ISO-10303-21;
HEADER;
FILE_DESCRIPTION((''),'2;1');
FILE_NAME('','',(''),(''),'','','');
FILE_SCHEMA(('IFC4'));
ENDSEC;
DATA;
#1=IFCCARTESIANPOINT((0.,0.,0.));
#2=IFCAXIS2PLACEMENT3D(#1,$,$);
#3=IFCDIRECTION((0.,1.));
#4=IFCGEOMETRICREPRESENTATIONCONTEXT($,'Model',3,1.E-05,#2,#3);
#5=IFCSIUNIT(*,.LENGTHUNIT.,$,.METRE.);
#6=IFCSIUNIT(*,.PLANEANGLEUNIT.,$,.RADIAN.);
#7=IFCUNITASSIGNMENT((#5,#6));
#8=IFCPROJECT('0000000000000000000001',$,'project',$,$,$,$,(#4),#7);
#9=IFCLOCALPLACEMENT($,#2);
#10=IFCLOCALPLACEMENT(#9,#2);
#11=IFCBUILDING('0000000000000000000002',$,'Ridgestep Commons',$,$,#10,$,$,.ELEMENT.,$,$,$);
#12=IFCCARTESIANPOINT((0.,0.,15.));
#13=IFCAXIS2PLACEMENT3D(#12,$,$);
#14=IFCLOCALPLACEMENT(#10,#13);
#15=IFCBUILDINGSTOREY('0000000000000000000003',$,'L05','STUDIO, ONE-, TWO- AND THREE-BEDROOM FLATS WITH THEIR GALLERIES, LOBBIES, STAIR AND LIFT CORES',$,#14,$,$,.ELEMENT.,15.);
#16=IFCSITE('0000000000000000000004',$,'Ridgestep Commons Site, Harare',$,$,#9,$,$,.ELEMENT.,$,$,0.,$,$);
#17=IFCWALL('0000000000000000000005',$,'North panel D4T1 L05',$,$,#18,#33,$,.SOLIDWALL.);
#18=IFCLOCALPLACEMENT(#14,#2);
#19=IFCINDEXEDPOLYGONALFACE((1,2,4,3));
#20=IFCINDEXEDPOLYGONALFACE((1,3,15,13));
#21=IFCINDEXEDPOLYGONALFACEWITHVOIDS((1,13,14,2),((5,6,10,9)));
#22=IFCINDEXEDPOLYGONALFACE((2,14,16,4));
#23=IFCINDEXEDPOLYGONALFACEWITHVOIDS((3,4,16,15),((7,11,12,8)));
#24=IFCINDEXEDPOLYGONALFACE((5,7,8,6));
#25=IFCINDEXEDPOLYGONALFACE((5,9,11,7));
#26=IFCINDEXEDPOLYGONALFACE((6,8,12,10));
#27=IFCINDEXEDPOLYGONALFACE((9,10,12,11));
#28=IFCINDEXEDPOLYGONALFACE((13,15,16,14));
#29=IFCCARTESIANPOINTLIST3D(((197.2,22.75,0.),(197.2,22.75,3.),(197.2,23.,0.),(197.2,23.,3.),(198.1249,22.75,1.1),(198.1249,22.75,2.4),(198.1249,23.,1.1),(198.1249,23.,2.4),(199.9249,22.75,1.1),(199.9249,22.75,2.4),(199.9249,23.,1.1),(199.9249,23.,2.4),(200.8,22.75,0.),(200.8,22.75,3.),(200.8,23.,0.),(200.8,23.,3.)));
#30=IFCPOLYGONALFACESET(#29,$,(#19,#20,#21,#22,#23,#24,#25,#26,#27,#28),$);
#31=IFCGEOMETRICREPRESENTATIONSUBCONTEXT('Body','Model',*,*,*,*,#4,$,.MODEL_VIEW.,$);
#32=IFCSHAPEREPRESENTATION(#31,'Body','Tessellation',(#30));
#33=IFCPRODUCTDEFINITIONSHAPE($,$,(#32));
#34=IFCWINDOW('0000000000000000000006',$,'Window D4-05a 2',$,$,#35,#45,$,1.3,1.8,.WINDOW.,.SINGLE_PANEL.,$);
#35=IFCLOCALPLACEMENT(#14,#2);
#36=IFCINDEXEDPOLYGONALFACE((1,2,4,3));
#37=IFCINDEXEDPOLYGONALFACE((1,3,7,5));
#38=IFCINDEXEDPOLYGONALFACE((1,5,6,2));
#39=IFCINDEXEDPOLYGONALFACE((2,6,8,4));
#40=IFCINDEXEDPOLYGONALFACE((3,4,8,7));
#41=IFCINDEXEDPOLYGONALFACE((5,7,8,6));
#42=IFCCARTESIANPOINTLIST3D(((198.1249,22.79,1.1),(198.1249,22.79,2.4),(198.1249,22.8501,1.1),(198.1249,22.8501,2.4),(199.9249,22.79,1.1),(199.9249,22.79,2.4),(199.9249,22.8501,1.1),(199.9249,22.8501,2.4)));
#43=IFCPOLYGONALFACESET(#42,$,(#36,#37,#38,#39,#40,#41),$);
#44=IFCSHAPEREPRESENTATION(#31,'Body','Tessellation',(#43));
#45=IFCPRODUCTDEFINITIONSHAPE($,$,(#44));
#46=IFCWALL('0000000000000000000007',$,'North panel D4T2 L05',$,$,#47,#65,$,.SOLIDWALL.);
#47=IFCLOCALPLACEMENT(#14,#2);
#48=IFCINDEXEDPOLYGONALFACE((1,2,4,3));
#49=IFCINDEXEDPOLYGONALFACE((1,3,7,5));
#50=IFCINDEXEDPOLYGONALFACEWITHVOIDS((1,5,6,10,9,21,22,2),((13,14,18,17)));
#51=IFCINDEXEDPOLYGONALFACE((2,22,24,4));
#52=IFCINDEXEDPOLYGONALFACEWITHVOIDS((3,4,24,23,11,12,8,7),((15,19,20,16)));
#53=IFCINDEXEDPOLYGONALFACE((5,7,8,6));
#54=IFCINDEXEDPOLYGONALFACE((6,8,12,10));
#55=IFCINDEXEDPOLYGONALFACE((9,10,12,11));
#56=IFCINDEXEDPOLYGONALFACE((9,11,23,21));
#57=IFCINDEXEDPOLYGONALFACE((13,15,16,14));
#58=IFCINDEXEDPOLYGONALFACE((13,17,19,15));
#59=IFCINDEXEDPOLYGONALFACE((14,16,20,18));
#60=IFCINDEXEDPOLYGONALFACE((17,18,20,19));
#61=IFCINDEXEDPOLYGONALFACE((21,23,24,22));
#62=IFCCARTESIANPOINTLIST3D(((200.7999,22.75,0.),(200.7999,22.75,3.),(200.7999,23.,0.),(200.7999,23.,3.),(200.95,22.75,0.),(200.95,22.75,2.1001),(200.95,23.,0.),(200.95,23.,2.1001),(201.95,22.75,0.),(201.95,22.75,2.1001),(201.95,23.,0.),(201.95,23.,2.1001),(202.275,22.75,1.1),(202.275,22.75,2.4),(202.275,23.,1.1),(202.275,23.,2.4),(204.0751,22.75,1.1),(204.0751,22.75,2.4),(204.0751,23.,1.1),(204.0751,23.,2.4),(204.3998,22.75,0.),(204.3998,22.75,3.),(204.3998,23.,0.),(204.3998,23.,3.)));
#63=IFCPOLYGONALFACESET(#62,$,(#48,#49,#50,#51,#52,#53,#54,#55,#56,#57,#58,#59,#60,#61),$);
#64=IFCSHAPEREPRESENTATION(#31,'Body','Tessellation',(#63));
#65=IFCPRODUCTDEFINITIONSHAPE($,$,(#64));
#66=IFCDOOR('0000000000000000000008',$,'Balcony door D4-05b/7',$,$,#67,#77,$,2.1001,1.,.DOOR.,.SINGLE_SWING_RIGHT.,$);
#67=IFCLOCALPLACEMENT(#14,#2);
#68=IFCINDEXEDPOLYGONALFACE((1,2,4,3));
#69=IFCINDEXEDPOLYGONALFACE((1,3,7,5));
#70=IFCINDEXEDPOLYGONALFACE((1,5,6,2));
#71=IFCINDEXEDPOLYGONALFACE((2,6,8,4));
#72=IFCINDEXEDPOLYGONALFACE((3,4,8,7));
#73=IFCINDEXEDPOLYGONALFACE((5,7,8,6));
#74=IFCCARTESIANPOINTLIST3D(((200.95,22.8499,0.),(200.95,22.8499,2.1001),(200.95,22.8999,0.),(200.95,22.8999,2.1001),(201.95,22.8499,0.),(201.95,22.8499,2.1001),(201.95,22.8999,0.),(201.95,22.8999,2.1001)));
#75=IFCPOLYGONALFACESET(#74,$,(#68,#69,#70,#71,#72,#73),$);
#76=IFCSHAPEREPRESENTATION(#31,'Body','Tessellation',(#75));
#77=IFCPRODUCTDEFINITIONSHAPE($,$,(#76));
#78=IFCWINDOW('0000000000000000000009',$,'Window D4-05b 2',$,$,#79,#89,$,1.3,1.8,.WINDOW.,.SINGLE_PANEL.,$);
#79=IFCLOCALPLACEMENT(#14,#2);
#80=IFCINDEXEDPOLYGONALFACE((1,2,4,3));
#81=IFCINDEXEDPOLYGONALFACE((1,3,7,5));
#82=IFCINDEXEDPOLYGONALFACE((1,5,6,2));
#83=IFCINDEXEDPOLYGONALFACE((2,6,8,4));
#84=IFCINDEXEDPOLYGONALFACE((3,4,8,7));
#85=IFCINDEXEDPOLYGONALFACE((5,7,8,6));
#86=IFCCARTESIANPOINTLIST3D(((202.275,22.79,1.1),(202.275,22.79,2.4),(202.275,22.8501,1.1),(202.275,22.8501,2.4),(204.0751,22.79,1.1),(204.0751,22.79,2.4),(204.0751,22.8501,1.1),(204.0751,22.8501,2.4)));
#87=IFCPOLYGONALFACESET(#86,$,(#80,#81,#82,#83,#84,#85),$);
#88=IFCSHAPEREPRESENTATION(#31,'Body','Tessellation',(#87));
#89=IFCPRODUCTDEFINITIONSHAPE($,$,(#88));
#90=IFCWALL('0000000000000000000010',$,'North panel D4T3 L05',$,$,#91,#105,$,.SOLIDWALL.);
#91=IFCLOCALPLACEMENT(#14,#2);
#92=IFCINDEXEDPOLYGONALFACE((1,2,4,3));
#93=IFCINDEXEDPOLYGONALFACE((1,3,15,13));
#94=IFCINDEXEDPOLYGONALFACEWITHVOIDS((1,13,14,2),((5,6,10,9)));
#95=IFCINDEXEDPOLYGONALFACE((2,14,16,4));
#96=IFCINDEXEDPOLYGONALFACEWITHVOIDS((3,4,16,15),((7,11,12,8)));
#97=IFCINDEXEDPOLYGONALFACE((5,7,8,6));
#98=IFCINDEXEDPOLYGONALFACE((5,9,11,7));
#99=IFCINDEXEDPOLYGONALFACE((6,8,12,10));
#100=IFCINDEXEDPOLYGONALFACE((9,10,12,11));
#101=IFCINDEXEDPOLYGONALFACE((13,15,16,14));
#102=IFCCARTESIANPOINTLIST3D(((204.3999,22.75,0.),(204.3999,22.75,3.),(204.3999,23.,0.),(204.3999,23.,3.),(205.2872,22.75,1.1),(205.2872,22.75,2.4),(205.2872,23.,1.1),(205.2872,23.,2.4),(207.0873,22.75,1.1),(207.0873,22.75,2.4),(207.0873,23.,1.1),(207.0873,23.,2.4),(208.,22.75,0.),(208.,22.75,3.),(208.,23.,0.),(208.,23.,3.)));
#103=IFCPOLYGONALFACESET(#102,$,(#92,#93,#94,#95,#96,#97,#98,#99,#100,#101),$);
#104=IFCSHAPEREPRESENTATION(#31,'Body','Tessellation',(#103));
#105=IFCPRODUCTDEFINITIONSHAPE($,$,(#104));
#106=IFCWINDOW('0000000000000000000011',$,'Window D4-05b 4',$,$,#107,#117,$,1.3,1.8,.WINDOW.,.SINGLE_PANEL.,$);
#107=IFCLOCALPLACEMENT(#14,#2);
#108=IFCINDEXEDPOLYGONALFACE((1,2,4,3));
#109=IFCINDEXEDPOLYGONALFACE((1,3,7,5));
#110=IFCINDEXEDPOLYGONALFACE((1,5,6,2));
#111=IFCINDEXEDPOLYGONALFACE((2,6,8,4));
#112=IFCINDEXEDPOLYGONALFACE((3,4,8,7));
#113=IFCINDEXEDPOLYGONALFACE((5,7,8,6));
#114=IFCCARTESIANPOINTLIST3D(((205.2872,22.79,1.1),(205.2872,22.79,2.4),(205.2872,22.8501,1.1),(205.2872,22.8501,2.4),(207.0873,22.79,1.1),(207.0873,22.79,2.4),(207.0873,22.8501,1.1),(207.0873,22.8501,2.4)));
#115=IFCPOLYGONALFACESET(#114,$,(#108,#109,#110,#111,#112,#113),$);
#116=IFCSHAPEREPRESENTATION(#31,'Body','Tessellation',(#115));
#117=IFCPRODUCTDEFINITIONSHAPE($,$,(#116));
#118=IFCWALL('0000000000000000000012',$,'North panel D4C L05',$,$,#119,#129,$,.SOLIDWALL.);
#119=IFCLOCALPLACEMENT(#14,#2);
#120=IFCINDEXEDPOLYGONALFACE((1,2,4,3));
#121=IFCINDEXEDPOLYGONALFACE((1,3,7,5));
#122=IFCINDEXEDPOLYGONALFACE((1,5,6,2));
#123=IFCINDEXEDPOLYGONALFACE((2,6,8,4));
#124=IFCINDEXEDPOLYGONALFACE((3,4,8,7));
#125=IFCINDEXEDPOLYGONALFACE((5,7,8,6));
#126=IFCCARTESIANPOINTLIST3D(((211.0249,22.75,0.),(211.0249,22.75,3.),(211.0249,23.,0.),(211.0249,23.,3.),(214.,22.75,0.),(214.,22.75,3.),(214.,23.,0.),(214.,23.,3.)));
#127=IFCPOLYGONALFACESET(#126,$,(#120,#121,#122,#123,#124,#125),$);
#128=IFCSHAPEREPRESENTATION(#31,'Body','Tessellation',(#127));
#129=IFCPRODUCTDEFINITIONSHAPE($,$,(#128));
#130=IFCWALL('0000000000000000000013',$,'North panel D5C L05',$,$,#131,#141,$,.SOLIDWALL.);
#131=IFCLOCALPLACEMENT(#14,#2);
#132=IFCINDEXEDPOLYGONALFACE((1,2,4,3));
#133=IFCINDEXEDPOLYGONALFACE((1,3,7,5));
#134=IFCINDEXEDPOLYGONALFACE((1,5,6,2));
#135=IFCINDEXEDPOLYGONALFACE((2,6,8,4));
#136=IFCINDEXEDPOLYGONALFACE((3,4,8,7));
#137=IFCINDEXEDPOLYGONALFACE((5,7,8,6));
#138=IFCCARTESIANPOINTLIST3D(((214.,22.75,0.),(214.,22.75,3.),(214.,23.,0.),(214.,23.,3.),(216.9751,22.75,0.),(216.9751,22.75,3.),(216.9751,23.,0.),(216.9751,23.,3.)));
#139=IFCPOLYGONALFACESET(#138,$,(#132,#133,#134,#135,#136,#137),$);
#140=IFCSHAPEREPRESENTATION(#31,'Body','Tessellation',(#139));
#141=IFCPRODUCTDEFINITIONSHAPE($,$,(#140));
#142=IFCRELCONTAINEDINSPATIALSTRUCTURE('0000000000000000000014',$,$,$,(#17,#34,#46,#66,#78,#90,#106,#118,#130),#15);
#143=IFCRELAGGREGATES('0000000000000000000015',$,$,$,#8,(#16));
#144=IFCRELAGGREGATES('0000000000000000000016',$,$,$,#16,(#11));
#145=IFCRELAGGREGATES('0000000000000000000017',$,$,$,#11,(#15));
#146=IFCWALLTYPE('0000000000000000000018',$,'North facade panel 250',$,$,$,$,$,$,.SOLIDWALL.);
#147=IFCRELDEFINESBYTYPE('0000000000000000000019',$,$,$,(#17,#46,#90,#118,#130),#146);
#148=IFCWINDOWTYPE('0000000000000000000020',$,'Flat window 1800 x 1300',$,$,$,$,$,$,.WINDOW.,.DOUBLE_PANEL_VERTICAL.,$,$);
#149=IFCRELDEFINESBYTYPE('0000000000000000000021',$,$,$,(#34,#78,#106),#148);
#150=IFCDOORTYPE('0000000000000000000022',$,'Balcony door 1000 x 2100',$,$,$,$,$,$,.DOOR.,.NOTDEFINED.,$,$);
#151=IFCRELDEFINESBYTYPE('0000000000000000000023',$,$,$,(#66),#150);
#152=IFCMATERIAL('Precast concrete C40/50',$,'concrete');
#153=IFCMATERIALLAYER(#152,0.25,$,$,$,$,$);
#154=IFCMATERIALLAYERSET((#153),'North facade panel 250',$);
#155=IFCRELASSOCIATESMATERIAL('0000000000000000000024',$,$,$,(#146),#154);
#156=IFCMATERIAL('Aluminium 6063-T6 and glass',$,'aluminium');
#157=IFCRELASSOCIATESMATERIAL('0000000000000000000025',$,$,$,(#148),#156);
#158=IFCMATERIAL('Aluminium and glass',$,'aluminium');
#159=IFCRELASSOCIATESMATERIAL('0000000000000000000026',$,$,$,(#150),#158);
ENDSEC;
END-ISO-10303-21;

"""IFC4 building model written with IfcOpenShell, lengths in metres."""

from ifc_helpers import new_model, si_unit, direction, frame, frame_2d, origin, place, context, subcontext, project, spatial, rectangle, extrude, material, layer, layer_set, type_object, element, fill, save


model = new_model("IFC4")

# Units and contexts
model_context = context("Model", 3, precision=1e-05, world=origin(), true_north=direction((0.0, 1.0)))
body_context = subcontext(model_context, "Body", "Model", "MODEL_VIEW")
ifc_project = project(units=[si_unit("LENGTHUNIT", "METRE"), si_unit("PLANEANGLEUNIT", "RADIAN")], contexts=[model_context])

# Site, building, storey
site_placement = place(None, origin())
site = spatial("IfcSite", under=ifc_project, at=site_placement, Name="Ridgestep Commons Site, Harare", CompositionType="ELEMENT", RefElevation=0.0)
building_placement = place(site_placement, origin())
building = spatial("IfcBuilding", under=site, at=building_placement, Name="Ridgestep Commons", CompositionType="ELEMENT")
storey_placement = place(building_placement, frame((0.0, 0.0, 15.0)))
storey = spatial("IfcBuildingStorey", under=building, at=storey_placement, Name="L05", Description="STUDIO, ONE-, TWO- AND THREE-BEDROOM FLATS WITH THEIR GALLERIES, LOBBIES, STAIR AND LIFT CORES", CompositionType="ELEMENT", Elevation=15.0)

# Shared definitions
ifc_material_1 = material(Name="Precast concrete C40/50", Category="concrete")
ifc_layer_1 = layer(ifc_material_1, 0.25)
ifc_layer_set_1 = layer_set([ifc_layer_1], Name="North facade panel 250")
wall_type_1 = type_object("IfcWallType", Name="North facade panel 250", PredefinedType="SOLIDWALL", material=ifc_layer_set_1)

# Wall, opening, window
wall_1_placement = place(storey_placement, frame((197.2, 22.875, 0.0), z_axis=(0.0, 0.0, 1.0), x_axis=(1.0, 0.0, 0.0)))
wall_1 = element("IfcWall", 1, at=wall_1_placement, inside=storey, type_object=wall_type_1, Name="North panel D4T1 L05", PredefinedType="SOLIDWALL", context=body_context, shape_type="SweptSolid", body=[
    extrude(rectangle(XDim=3.6001, YDim=0.25, at=frame_2d((1.8, 0.0))), origin(), (0.0, 0.0, 1.0), 3.0),
])
opening_1_placement = place(wall_1_placement, frame((0.925, 0.0, 1.1001)))
opening_1 = element("IfcOpeningElement", 2, at=opening_1_placement, cuts=wall_1, PredefinedType="OPENING", context=body_context, shape_type="SweptSolid", body=[
    extrude(rectangle(XDim=1.8, YDim=1.3, at=frame_2d((0.8999, 0.6499))), frame((0.0, 0.135, 0.0), z_axis=(0.0, -1.0, 0.0), x_axis=(1.0, 0.0, 0.0)), (0.0, 0.0, 1.0), 0.27),
])
ifc_material_2 = material(Name="Aluminium 6063-T6 and glass", Category="aluminium")
window_type = type_object("IfcWindowType", Name="Flat window 1800 x 1300", PartitioningType="DOUBLE_PANEL_VERTICAL", PredefinedType="WINDOW", material=ifc_material_2)
window_1_placement = place(opening_1_placement, origin())
window_1 = element("IfcWindow", 3, at=window_1_placement, inside=storey, type_object=window_type, Name="Window D4-05a 2", OverallHeight=1.3, OverallWidth=1.8, PartitioningType="SINGLE_PANEL", PredefinedType="WINDOW", context=body_context, shape_type="SweptSolid", body=[
    extrude(rectangle(XDim=1.8, YDim=1.3, at=frame_2d((0.8999, 0.6499))), frame((0.0, -0.0249, 0.0), z_axis=(0.0, -1.0, 0.0), x_axis=(1.0, 0.0, 0.0)), (0.0, 0.0, 1.0), 0.0601),
])
fill(opening_1, window_1)

# Wall, openings, door, window
wall_2_placement = place(storey_placement, frame((200.8, 22.875, 0.0), z_axis=(0.0, 0.0, 1.0), x_axis=(1.0, 0.0, 0.0)))
wall_2 = element("IfcWall", 4, at=wall_2_placement, inside=storey, type_object=wall_type_1, Name="North panel D4T2 L05", PredefinedType="SOLIDWALL", context=body_context, shape_type="SweptSolid", body=[
    extrude(rectangle(XDim=3.5999, YDim=0.25, at=frame_2d((1.7998, 0.0))), origin(), (0.0, 0.0, 1.0), 3.0),
])
opening_2_placement = place(wall_2_placement, frame((1.4751, 0.0, 1.1001)))
opening_2 = element("IfcOpeningElement", 5, at=opening_2_placement, cuts=wall_2, PredefinedType="OPENING", context=body_context, shape_type="SweptSolid", body=[
    extrude(rectangle(XDim=1.8, YDim=1.3, at=frame_2d((0.8999, 0.6499))), frame((0.0, 0.135, 0.0), z_axis=(0.0, -1.0, 0.0), x_axis=(1.0, 0.0, 0.0)), (0.0, 0.0, 1.0), 0.27),
])
opening_3_placement = place(wall_2_placement, frame((0.1499, 0.0, 0.0)))
opening_3 = element("IfcOpeningElement", 6, at=opening_3_placement, cuts=wall_2, PredefinedType="OPENING", context=body_context, shape_type="SweptSolid", body=[
    extrude(rectangle(XDim=1.0, YDim=2.1001, at=frame_2d((0.5, 1.05))), frame((0.0, 0.135, 0.0), z_axis=(0.0, -1.0, 0.0), x_axis=(1.0, 0.0, 0.0)), (0.0, 0.0, 1.0), 0.27),
])
ifc_material_3 = material(Name="Aluminium and glass", Category="aluminium")
door_type_1 = type_object("IfcDoorType", Name="Balcony door 1000 x 2100", OperationType="NOTDEFINED", PredefinedType="DOOR", material=ifc_material_3)
door_1_placement = place(opening_3_placement, origin())
door_1 = element("IfcDoor", 7, at=door_1_placement, inside=storey, type_object=door_type_1, Name="Balcony door D4-05b/7", OperationType="SINGLE_SWING_RIGHT", OverallHeight=2.1001, OverallWidth=1.0, PredefinedType="DOOR", context=body_context, shape_type="SweptSolid", body=[
    extrude(rectangle(XDim=1.0, YDim=2.1001, at=frame_2d((0.5, 1.05))), frame((0.0, 0.0249, 0.0), z_axis=(0.0, -1.0, 0.0), x_axis=(1.0, 0.0, 0.0)), (0.0, 0.0, 1.0), 0.05),
])
fill(opening_3, door_1)
window_2_placement = place(opening_2_placement, origin())
window_2 = element("IfcWindow", 8, at=window_2_placement, inside=storey, type_object=window_type, Name="Window D4-05b 2", OverallHeight=1.3, OverallWidth=1.8, PartitioningType="SINGLE_PANEL", PredefinedType="WINDOW", context=body_context, shape_type="SweptSolid", body=[
    extrude(rectangle(XDim=1.8, YDim=1.3, at=frame_2d((0.8999, 0.6499))), frame((0.0, -0.0249, 0.0), z_axis=(0.0, -1.0, 0.0), x_axis=(1.0, 0.0, 0.0)), (0.0, 0.0, 1.0), 0.0601),
])
fill(opening_2, window_2)

# Wall, opening, window
wall_3_placement = place(storey_placement, frame((204.3999, 22.875, 0.0), z_axis=(0.0, 0.0, 1.0), x_axis=(1.0, 0.0, 0.0)))
wall_3 = element("IfcWall", 9, at=wall_3_placement, inside=storey, type_object=wall_type_1, Name="North panel D4T3 L05", PredefinedType="SOLIDWALL", context=body_context, shape_type="SweptSolid", body=[
    extrude(rectangle(XDim=3.6001, YDim=0.25, at=frame_2d((1.8, 0.0))), origin(), (0.0, 0.0, 1.0), 3.0),
])
opening_4_placement = place(wall_3_placement, frame((0.8875, 0.0, 1.1001)))
opening_4 = element("IfcOpeningElement", 10, at=opening_4_placement, cuts=wall_3, PredefinedType="OPENING", context=body_context, shape_type="SweptSolid", body=[
    extrude(rectangle(XDim=1.8, YDim=1.3, at=frame_2d((0.8999, 0.6499))), frame((0.0, 0.135, 0.0), z_axis=(0.0, -1.0, 0.0), x_axis=(1.0, 0.0, 0.0)), (0.0, 0.0, 1.0), 0.27),
])
window_3_placement = place(opening_4_placement, origin())
window_3 = element("IfcWindow", 11, at=window_3_placement, inside=storey, type_object=window_type, Name="Window D4-05b 4", OverallHeight=1.3, OverallWidth=1.8, PartitioningType="SINGLE_PANEL", PredefinedType="WINDOW", context=body_context, shape_type="SweptSolid", body=[
    extrude(rectangle(XDim=1.8, YDim=1.3, at=frame_2d((0.8999, 0.6499))), frame((0.0, -0.0249, 0.0), z_axis=(0.0, -1.0, 0.0), x_axis=(1.0, 0.0, 0.0)), (0.0, 0.0, 1.0), 0.0601),
])
fill(opening_4, window_3)

# Walls
for number, where, z_axis, x_axis, name in (
    (12, (211.0249, 22.875, 0.0), (0.0, 0.0, 1.0), (1.0, 0.0, 0.0), "North panel D4C L05"),
    (13, (214.0, 22.875, 0.0), (0.0, 0.0, 1.0), (1.0, 0.0, 0.0), "North panel D5C L05"),
):
    element("IfcWall", number, at=place(storey_placement, frame(where, z_axis=z_axis, x_axis=x_axis)), inside=storey, type_object=wall_type_1, Name=name, PredefinedType="SOLIDWALL", context=body_context, shape_type="SweptSolid", body=[
        extrude(rectangle(XDim=2.9751, YDim=0.25, at=frame_2d((1.4875, 0.0))), origin(), (0.0, 0.0, 1.0), 3.0),
    ])

save(model, "model.ifc")
